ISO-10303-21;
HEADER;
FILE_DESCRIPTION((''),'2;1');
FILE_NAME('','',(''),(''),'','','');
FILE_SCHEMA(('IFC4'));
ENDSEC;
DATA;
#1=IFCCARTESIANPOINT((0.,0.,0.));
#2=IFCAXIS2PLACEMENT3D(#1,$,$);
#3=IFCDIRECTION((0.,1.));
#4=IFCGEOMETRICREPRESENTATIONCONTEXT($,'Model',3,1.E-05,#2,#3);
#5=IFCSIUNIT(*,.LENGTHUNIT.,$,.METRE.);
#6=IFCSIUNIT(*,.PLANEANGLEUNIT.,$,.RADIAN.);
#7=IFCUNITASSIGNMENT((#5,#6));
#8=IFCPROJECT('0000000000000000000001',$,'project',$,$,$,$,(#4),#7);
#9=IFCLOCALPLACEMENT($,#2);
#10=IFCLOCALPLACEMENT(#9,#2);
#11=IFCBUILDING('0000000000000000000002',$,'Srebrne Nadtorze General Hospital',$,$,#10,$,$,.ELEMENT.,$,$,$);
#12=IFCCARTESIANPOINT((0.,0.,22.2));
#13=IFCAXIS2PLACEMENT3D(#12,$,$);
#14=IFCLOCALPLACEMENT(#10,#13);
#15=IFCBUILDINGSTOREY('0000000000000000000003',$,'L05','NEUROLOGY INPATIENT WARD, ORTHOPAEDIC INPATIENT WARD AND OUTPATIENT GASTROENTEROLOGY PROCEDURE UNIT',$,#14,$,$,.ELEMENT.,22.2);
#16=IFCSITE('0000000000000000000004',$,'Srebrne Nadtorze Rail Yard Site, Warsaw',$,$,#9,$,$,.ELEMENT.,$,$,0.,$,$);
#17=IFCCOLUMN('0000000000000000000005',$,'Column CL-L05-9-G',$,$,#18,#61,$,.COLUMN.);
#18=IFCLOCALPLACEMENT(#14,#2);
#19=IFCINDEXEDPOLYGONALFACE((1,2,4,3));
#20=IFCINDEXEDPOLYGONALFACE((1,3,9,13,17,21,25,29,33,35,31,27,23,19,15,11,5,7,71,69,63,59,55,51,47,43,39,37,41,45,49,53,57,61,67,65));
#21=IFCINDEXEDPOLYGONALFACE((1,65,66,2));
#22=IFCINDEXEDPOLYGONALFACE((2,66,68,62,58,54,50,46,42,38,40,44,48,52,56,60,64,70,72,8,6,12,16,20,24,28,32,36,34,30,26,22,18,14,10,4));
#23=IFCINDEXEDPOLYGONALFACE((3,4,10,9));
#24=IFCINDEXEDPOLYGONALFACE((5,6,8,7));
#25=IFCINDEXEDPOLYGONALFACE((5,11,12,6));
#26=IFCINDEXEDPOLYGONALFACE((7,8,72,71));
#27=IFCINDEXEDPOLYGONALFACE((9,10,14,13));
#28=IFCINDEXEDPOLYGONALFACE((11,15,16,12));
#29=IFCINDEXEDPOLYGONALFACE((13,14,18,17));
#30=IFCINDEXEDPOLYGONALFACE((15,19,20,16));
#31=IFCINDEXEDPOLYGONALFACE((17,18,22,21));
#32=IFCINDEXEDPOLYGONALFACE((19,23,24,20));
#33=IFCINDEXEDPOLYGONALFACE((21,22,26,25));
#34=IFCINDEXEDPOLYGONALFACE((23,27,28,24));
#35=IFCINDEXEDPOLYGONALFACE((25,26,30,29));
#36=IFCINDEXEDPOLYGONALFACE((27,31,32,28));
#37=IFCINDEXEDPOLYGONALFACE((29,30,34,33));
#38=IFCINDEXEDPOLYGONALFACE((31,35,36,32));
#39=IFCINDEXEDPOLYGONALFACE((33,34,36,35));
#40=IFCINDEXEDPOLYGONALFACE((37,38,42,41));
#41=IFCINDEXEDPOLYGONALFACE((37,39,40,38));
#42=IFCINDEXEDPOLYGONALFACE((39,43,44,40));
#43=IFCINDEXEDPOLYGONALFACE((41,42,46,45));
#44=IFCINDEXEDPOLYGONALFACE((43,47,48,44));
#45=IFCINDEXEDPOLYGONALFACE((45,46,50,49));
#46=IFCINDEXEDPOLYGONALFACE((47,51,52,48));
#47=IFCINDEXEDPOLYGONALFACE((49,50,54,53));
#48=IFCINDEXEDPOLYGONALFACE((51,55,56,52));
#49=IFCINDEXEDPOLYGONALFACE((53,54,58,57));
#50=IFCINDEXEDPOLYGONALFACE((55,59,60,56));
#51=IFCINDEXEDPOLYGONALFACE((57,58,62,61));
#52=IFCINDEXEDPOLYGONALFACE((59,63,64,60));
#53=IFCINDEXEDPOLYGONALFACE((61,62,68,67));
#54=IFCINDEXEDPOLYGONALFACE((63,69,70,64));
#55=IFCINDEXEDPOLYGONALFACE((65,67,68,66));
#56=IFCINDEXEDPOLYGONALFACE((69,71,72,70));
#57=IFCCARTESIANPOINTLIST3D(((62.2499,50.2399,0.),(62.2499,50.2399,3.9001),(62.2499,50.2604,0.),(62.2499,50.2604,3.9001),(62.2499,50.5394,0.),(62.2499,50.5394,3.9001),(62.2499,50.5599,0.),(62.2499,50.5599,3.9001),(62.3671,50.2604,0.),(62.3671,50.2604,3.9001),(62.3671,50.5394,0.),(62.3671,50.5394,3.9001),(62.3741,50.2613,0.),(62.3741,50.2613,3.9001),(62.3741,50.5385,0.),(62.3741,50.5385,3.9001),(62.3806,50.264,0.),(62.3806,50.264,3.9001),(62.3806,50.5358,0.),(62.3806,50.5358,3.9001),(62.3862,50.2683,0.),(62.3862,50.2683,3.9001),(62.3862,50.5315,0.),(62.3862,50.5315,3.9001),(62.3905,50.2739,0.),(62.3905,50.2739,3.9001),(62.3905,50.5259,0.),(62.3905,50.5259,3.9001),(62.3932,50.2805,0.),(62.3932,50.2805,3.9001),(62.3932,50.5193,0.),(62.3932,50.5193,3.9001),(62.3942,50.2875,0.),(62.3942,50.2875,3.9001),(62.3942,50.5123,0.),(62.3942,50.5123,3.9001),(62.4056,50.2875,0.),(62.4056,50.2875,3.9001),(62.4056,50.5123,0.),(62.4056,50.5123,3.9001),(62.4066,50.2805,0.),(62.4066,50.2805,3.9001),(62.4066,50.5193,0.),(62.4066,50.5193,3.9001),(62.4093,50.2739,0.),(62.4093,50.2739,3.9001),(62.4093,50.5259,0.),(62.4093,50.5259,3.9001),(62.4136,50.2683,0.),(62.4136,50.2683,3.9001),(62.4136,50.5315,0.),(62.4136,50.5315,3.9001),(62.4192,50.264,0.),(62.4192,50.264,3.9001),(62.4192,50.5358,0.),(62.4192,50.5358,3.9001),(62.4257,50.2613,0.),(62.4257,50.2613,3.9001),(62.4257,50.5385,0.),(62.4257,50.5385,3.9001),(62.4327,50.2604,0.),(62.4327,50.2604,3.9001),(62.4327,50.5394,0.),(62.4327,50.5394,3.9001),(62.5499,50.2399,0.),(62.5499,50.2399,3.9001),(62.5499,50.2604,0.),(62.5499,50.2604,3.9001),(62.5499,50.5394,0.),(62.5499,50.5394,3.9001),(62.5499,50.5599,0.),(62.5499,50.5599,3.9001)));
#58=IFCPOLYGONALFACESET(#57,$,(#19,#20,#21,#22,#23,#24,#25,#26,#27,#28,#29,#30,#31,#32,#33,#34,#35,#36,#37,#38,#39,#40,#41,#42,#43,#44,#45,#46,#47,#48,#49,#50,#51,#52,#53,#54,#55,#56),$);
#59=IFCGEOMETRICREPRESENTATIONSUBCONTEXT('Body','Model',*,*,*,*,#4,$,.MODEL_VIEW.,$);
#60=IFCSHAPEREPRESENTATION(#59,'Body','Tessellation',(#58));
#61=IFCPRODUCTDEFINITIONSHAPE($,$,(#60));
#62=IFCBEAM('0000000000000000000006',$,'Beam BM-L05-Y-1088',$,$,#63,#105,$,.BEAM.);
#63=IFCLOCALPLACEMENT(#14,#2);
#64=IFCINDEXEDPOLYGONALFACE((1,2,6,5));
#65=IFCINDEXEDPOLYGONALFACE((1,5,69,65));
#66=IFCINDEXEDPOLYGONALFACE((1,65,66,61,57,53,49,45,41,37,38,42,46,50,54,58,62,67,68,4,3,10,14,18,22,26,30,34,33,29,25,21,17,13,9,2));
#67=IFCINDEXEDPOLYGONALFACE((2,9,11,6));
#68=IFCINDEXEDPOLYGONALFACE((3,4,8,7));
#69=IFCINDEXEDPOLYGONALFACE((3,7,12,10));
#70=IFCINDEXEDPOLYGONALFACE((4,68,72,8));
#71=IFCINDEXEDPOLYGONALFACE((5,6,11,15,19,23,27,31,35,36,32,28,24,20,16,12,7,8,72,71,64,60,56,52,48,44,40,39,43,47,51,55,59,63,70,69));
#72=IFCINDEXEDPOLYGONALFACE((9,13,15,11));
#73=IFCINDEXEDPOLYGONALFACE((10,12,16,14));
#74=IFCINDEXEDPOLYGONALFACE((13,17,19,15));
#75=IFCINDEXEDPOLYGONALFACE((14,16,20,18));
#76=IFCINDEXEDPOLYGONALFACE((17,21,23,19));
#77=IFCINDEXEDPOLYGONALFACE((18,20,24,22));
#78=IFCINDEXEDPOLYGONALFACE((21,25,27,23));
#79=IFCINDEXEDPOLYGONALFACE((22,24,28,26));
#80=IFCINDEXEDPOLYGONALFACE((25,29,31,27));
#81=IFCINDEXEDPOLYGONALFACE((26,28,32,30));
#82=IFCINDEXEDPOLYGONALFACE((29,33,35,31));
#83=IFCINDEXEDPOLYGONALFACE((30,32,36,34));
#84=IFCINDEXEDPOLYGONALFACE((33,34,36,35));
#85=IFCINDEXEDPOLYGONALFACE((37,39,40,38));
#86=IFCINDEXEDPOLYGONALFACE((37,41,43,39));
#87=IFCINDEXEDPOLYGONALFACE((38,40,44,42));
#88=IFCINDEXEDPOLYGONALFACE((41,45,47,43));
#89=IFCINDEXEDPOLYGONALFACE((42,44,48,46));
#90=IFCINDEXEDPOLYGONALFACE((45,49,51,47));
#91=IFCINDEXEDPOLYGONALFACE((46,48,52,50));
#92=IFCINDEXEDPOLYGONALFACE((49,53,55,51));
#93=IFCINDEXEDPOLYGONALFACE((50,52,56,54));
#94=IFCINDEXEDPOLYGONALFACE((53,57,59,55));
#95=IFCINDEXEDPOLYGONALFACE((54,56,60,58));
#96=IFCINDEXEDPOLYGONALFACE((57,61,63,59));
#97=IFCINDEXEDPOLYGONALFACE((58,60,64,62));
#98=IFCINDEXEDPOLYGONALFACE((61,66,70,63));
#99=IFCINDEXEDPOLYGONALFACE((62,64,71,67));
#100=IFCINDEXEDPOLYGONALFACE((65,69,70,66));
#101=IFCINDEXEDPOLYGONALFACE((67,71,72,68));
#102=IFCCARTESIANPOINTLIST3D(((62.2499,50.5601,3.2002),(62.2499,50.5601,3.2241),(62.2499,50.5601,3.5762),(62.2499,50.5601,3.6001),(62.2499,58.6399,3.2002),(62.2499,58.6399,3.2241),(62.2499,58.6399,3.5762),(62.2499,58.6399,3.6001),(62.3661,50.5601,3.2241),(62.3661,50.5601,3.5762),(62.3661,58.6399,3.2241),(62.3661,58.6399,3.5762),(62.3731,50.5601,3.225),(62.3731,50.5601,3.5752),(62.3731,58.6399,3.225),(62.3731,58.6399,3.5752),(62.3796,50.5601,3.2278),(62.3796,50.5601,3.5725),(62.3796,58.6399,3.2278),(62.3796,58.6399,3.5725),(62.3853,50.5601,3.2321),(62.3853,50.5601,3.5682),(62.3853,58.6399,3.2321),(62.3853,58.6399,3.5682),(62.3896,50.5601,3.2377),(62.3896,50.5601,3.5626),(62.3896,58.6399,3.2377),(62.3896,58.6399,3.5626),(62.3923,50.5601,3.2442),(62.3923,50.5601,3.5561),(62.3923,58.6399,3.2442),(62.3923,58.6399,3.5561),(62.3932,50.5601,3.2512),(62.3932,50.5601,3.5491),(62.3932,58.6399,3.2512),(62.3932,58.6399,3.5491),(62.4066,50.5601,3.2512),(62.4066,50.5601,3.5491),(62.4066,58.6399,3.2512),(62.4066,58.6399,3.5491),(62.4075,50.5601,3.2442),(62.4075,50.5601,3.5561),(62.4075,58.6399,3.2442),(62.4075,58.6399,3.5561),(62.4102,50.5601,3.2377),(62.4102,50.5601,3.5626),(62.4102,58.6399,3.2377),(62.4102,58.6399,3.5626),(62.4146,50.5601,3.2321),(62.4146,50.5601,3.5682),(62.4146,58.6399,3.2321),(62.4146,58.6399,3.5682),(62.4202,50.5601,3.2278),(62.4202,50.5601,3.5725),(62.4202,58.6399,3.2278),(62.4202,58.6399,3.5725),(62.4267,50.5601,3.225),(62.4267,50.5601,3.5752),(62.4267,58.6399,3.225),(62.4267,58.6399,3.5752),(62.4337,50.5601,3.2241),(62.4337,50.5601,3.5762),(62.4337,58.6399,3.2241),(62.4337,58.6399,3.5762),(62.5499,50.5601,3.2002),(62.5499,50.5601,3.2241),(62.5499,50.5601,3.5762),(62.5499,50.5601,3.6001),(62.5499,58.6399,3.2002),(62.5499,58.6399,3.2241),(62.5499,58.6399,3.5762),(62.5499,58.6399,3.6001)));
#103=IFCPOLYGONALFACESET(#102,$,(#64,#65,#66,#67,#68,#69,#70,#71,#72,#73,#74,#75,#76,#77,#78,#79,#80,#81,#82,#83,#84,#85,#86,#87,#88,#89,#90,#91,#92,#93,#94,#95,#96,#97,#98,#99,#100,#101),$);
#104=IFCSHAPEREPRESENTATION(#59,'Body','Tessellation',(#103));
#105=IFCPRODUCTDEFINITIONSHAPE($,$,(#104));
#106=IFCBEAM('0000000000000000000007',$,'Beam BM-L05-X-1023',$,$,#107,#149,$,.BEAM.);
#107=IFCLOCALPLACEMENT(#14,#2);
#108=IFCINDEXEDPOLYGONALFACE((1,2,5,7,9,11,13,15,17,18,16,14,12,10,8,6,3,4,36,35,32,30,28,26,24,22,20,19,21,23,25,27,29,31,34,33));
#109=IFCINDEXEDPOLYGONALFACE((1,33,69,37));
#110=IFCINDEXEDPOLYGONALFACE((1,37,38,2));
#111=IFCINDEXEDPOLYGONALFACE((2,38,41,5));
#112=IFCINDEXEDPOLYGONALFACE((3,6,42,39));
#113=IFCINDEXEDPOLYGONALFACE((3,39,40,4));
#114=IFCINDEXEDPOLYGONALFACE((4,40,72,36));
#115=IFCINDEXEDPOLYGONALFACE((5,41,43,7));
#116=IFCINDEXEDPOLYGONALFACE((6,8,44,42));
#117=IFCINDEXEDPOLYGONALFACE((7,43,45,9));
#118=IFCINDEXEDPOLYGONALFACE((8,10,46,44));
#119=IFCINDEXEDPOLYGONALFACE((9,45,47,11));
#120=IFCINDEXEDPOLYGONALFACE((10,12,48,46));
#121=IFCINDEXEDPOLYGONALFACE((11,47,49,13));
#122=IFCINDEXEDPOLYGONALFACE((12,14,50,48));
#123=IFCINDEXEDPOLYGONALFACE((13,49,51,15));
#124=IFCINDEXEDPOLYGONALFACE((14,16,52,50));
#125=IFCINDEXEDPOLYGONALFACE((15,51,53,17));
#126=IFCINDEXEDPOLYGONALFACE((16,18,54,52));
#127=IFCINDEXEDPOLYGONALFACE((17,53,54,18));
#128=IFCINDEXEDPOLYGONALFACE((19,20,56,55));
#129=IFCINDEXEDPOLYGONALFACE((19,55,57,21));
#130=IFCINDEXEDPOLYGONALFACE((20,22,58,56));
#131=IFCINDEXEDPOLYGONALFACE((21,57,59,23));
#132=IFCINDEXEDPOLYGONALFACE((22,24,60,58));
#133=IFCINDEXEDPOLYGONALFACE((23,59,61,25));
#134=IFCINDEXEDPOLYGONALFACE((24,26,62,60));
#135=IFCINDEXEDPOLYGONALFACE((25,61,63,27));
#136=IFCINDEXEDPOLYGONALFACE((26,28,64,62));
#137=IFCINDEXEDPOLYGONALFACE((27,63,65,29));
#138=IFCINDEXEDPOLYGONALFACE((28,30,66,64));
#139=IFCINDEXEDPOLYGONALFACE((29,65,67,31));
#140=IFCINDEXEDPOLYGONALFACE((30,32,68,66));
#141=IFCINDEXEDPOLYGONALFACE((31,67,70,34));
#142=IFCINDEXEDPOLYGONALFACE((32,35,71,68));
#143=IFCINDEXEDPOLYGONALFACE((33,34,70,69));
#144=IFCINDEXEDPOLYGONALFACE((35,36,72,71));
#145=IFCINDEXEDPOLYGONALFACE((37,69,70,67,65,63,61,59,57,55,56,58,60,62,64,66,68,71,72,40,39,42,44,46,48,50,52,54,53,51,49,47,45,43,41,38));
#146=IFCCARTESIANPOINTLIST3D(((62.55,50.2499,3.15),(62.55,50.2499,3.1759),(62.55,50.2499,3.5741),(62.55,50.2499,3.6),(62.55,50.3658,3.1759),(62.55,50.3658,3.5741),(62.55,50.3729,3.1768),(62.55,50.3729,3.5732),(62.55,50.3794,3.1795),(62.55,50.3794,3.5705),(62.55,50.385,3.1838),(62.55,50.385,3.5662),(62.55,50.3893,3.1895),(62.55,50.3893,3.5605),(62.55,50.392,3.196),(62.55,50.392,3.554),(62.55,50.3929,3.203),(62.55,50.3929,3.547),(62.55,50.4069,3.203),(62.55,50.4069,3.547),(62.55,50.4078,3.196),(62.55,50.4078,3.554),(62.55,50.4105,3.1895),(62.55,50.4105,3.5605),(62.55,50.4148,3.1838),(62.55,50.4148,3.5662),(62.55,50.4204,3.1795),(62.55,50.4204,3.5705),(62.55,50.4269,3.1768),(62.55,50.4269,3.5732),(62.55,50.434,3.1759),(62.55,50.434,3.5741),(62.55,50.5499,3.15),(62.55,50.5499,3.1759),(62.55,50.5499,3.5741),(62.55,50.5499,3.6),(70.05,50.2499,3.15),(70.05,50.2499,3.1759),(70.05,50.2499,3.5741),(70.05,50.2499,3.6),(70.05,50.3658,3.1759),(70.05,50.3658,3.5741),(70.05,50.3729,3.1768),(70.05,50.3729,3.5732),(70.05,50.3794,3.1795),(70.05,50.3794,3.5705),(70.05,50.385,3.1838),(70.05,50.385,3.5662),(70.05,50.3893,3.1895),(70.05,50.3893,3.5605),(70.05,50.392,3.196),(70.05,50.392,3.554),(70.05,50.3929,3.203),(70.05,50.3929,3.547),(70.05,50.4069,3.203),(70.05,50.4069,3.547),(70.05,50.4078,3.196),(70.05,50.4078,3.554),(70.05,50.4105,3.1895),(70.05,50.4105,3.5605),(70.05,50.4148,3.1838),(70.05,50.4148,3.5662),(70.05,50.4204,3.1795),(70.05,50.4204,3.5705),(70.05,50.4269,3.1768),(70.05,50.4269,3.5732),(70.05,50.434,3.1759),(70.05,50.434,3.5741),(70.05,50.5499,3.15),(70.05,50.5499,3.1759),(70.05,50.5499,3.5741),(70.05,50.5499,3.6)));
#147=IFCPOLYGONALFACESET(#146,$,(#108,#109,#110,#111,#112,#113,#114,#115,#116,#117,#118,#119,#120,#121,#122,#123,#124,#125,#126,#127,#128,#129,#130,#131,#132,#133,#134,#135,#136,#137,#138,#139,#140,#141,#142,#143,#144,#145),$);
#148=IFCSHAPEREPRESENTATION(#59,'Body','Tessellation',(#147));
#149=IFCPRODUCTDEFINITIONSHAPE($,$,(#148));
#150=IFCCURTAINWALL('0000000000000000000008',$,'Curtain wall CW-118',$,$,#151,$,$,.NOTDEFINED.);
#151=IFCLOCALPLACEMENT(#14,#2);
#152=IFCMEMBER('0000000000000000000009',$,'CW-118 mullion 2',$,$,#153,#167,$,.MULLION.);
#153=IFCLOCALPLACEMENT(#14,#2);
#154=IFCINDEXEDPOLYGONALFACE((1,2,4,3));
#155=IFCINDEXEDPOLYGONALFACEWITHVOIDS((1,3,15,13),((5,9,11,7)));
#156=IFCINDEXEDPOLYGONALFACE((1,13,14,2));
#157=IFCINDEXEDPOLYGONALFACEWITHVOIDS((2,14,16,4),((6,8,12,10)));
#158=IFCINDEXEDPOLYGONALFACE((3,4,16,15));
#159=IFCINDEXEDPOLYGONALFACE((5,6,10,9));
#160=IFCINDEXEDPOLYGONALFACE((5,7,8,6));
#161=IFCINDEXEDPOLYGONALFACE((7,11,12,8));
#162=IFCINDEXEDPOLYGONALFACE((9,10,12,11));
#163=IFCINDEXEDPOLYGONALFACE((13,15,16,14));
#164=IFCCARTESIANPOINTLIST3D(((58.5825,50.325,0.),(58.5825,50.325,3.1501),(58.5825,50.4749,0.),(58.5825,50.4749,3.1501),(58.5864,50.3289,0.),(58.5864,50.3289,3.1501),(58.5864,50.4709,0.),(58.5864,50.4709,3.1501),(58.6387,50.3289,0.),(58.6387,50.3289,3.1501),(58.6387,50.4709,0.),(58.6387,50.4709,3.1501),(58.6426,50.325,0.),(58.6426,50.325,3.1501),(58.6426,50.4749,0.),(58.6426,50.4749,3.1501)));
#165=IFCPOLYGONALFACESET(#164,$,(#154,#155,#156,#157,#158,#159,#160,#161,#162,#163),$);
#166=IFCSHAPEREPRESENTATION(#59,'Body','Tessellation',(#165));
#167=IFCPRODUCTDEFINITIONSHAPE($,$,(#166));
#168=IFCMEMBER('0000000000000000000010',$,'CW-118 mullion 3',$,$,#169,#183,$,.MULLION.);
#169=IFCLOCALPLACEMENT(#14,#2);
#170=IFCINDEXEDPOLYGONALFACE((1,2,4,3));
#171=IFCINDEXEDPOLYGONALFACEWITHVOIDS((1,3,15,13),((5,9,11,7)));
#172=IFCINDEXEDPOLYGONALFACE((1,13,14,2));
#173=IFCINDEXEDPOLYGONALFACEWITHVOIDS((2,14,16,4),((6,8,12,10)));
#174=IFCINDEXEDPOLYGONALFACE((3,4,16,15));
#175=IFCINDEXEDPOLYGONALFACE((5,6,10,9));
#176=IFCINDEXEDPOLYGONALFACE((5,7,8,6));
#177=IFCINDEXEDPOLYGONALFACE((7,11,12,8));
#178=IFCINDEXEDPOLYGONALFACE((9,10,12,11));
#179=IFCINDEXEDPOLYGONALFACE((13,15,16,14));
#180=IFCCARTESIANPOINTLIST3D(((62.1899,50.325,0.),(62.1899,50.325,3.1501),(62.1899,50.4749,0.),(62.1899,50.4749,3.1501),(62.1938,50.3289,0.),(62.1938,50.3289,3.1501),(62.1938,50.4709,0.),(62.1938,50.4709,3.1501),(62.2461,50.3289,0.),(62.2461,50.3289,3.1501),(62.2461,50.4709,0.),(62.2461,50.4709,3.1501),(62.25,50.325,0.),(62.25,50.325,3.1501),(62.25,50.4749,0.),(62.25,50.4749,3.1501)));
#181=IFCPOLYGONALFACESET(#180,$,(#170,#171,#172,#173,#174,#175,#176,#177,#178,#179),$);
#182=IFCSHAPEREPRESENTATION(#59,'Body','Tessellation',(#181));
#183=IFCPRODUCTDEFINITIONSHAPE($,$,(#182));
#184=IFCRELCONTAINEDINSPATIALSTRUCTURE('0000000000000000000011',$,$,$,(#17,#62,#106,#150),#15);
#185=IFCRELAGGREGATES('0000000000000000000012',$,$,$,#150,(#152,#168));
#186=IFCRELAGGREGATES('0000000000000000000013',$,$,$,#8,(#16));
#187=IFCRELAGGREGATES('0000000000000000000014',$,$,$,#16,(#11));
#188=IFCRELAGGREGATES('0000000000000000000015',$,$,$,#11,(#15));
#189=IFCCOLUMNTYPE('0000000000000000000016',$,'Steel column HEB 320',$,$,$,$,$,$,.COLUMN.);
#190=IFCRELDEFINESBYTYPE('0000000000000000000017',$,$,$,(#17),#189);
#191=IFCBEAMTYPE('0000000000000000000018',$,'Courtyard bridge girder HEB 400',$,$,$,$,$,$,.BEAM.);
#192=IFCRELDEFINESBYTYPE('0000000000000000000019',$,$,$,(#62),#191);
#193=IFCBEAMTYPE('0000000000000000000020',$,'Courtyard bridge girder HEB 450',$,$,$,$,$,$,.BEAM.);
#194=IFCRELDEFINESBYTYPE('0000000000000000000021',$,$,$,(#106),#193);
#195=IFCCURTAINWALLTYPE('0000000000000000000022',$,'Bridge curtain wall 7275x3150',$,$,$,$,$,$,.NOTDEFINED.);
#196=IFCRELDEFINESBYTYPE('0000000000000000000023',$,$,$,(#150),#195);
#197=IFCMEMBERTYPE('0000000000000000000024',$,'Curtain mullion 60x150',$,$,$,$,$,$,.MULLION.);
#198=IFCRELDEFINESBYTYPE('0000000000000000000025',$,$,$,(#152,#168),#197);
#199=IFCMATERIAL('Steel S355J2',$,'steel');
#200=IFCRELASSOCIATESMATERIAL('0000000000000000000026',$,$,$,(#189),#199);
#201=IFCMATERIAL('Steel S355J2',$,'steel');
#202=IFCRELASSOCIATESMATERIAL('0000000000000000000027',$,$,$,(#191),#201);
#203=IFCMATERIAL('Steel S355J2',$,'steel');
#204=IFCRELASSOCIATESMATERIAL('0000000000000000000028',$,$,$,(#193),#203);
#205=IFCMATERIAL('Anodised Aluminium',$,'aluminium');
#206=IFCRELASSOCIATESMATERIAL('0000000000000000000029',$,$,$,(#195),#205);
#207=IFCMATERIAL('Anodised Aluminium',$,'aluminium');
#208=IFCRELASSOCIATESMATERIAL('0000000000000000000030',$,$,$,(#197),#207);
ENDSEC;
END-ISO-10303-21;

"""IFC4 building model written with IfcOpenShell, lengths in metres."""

from ifc_helpers import new_model, si_unit, direction, frame, origin, origin_2d, place, context, subcontext, project, spatial, hollow_rectangle, i_section, extrude, material, material_profile, profile_set, type_object, element, aggregate, save


model = new_model("IFC4")

# Units and contexts
model_context = context("Model", 3, precision=1e-05, world=origin(), true_north=direction((0.0, 1.0)))
body_context = subcontext(model_context, "Body", "Model", "MODEL_VIEW")
ifc_project = project(units=[si_unit("LENGTHUNIT", "METRE"), si_unit("PLANEANGLEUNIT", "RADIAN")], contexts=[model_context])

# Site, building, storey
site_placement = place(None, origin())
site = spatial("IfcSite", under=ifc_project, at=site_placement, Name="Srebrne Nadtorze Rail Yard Site, Warsaw", CompositionType="ELEMENT", RefElevation=0.0)
building_placement = place(site_placement, origin())
building = spatial("IfcBuilding", under=site, at=building_placement, Name="Srebrne Nadtorze General Hospital", CompositionType="ELEMENT")
storey_placement = place(building_placement, frame((0.0, 0.0, 22.2)))
storey = spatial("IfcBuildingStorey", under=building, at=storey_placement, Name="L05", Description="NEUROLOGY INPATIENT WARD, ORTHOPAEDIC INPATIENT WARD AND OUTPATIENT GASTROENTEROLOGY PROCEDURE UNIT", CompositionType="ELEMENT", Elevation=22.2)

# Column
ifc_material_1 = material(Name="Steel S355J2", Category="steel")
ifc_material_profile_1 = material_profile(ifc_material_1, i_section(OverallWidth=0.3, OverallDepth=0.3201, WebThickness=0.0115, FlangeThickness=0.0205, FilletRadius=0.0271, at=origin_2d()), Name="HEB-320")
ifc_profile_set_1 = profile_set([ifc_material_profile_1], Name="Steel S355J2")
column_type = type_object("IfcColumnType", Name="Steel column HEB 320", PredefinedType="COLUMN", material=ifc_profile_set_1)
column_placement = place(storey_placement, frame((62.3999, 50.3999, 0.0), z_axis=(0.0, 0.0, 1.0), x_axis=(1.0, 0.0, 0.0)))
element("IfcColumn", 1, at=column_placement, inside=storey, type_object=column_type, Name="Column CL-L05-9-G", PredefinedType="COLUMN", context=body_context, shape_type="SweptSolid", body=[
    extrude(i_section(OverallWidth=0.3, OverallDepth=0.3201, WebThickness=0.0115, FlangeThickness=0.0205, FilletRadius=0.0271, at=origin_2d()), origin(), (0.0, 0.0, 1.0), 3.9001),
])

# Beams
ifc_material_2 = material(Name="Steel S355J2", Category="steel")
ifc_material_profile_2 = material_profile(ifc_material_2, i_section(OverallWidth=0.3, OverallDepth=0.3999, WebThickness=0.0134, FlangeThickness=0.0239, FilletRadius=0.0271, at=origin_2d()), Name="HEB-400")
ifc_profile_set_2 = profile_set([ifc_material_profile_2], Name="Steel S355J2")
beam_type_1 = type_object("IfcBeamType", Name="Courtyard bridge girder HEB 400", PredefinedType="BEAM", material=ifc_profile_set_2)
beam_1_placement = place(storey_placement, frame((62.3999, 50.5601, 3.4001), z_axis=(0.0, 1.0, 0.0), x_axis=(-1.0, 0.0, 0.0)))
element("IfcBeam", 2, at=beam_1_placement, inside=storey, type_object=beam_type_1, Name="Beam BM-L05-Y-1088", PredefinedType="BEAM", context=body_context, shape_type="SweptSolid", body=[
    extrude(i_section(OverallWidth=0.3, OverallDepth=0.3999, WebThickness=0.0134, FlangeThickness=0.0239, FilletRadius=0.0271, at=origin_2d()), origin(), (0.0, 0.0, 1.0), 8.0798),
])
ifc_material_3 = material(Name="Steel S355J2", Category="steel")
ifc_material_profile_3 = material_profile(ifc_material_3, i_section(OverallWidth=0.3, OverallDepth=0.45, WebThickness=0.0139, FlangeThickness=0.0259, FilletRadius=0.0271, at=origin_2d()), Name="HEB-450")
ifc_profile_set_3 = profile_set([ifc_material_profile_3], Name="Steel S355J2")
beam_type_2 = type_object("IfcBeamType", Name="Courtyard bridge girder HEB 450", PredefinedType="BEAM", material=ifc_profile_set_3)
beam_2_placement = place(storey_placement, frame((62.55, 50.3999, 3.375), z_axis=(1.0, 0.0, 0.0), x_axis=(0.0, 1.0, 0.0)))
element("IfcBeam", 3, at=beam_2_placement, inside=storey, type_object=beam_type_2, Name="Beam BM-L05-X-1023", PredefinedType="BEAM", context=body_context, shape_type="SweptSolid", body=[
    extrude(i_section(OverallWidth=0.3, OverallDepth=0.45, WebThickness=0.0139, FlangeThickness=0.0259, FilletRadius=0.0271, at=origin_2d()), origin(), (0.0, 0.0, 1.0), 7.5),
])

# Curtain wall, members
ifc_material_4 = material(Name="Anodised Aluminium", Category="aluminium")
curtain_wall_type_1 = type_object("IfcCurtainWallType", Name="Bridge curtain wall 7275x3150", PredefinedType="NOTDEFINED", material=ifc_material_4)
curtain_wall_1_placement = place(storey_placement, origin())
curtain_wall_1 = element("IfcCurtainWall", 4, at=curtain_wall_1_placement, inside=storey, type_object=curtain_wall_type_1, Name="Curtain wall CW-118", PredefinedType="NOTDEFINED")
ifc_material_5 = material(Name="Anodised Aluminium", Category="aluminium")
ifc_material_profile_4 = material_profile(ifc_material_5, hollow_rectangle(XDim=0.0601, YDim=0.1499, WallThickness=0.0039, at=origin_2d()), Name="AL-MUL-60x150")
ifc_profile_set_4 = profile_set([ifc_material_profile_4], Name="Anodised Aluminium")
member_type_1 = type_object("IfcMemberType", Name="Curtain mullion 60x150", PredefinedType="MULLION", material=ifc_profile_set_4)
member_1_placement = place(storey_placement, frame((58.6125, 50.3999, 0.0), z_axis=(0.0, 0.0, 1.0), x_axis=(1.0, 0.0, 0.0)))
member_1 = element("IfcMember", 5, at=member_1_placement, type_object=member_type_1, Name="CW-118 mullion 2", PredefinedType="MULLION", context=body_context, shape_type="SweptSolid", body=[
    extrude(hollow_rectangle(XDim=0.0601, YDim=0.1499, WallThickness=0.0039, at=origin_2d()), origin(), (0.0, 0.0, 1.0), 3.1501),
])
member_2_placement = place(storey_placement, frame((62.22, 50.3999, 0.0), z_axis=(0.0, 0.0, 1.0), x_axis=(1.0, 0.0, 0.0)))
member_2 = element("IfcMember", 6, at=member_2_placement, type_object=member_type_1, Name="CW-118 mullion 3", PredefinedType="MULLION", context=body_context, shape_type="SweptSolid", body=[
    extrude(hollow_rectangle(XDim=0.0601, YDim=0.1499, WallThickness=0.0039, at=origin_2d()), origin(), (0.0, 0.0, 1.0), 3.1501),
])

aggregate(curtain_wall_1, [member_1, member_2])

save(model, "model.ifc")
